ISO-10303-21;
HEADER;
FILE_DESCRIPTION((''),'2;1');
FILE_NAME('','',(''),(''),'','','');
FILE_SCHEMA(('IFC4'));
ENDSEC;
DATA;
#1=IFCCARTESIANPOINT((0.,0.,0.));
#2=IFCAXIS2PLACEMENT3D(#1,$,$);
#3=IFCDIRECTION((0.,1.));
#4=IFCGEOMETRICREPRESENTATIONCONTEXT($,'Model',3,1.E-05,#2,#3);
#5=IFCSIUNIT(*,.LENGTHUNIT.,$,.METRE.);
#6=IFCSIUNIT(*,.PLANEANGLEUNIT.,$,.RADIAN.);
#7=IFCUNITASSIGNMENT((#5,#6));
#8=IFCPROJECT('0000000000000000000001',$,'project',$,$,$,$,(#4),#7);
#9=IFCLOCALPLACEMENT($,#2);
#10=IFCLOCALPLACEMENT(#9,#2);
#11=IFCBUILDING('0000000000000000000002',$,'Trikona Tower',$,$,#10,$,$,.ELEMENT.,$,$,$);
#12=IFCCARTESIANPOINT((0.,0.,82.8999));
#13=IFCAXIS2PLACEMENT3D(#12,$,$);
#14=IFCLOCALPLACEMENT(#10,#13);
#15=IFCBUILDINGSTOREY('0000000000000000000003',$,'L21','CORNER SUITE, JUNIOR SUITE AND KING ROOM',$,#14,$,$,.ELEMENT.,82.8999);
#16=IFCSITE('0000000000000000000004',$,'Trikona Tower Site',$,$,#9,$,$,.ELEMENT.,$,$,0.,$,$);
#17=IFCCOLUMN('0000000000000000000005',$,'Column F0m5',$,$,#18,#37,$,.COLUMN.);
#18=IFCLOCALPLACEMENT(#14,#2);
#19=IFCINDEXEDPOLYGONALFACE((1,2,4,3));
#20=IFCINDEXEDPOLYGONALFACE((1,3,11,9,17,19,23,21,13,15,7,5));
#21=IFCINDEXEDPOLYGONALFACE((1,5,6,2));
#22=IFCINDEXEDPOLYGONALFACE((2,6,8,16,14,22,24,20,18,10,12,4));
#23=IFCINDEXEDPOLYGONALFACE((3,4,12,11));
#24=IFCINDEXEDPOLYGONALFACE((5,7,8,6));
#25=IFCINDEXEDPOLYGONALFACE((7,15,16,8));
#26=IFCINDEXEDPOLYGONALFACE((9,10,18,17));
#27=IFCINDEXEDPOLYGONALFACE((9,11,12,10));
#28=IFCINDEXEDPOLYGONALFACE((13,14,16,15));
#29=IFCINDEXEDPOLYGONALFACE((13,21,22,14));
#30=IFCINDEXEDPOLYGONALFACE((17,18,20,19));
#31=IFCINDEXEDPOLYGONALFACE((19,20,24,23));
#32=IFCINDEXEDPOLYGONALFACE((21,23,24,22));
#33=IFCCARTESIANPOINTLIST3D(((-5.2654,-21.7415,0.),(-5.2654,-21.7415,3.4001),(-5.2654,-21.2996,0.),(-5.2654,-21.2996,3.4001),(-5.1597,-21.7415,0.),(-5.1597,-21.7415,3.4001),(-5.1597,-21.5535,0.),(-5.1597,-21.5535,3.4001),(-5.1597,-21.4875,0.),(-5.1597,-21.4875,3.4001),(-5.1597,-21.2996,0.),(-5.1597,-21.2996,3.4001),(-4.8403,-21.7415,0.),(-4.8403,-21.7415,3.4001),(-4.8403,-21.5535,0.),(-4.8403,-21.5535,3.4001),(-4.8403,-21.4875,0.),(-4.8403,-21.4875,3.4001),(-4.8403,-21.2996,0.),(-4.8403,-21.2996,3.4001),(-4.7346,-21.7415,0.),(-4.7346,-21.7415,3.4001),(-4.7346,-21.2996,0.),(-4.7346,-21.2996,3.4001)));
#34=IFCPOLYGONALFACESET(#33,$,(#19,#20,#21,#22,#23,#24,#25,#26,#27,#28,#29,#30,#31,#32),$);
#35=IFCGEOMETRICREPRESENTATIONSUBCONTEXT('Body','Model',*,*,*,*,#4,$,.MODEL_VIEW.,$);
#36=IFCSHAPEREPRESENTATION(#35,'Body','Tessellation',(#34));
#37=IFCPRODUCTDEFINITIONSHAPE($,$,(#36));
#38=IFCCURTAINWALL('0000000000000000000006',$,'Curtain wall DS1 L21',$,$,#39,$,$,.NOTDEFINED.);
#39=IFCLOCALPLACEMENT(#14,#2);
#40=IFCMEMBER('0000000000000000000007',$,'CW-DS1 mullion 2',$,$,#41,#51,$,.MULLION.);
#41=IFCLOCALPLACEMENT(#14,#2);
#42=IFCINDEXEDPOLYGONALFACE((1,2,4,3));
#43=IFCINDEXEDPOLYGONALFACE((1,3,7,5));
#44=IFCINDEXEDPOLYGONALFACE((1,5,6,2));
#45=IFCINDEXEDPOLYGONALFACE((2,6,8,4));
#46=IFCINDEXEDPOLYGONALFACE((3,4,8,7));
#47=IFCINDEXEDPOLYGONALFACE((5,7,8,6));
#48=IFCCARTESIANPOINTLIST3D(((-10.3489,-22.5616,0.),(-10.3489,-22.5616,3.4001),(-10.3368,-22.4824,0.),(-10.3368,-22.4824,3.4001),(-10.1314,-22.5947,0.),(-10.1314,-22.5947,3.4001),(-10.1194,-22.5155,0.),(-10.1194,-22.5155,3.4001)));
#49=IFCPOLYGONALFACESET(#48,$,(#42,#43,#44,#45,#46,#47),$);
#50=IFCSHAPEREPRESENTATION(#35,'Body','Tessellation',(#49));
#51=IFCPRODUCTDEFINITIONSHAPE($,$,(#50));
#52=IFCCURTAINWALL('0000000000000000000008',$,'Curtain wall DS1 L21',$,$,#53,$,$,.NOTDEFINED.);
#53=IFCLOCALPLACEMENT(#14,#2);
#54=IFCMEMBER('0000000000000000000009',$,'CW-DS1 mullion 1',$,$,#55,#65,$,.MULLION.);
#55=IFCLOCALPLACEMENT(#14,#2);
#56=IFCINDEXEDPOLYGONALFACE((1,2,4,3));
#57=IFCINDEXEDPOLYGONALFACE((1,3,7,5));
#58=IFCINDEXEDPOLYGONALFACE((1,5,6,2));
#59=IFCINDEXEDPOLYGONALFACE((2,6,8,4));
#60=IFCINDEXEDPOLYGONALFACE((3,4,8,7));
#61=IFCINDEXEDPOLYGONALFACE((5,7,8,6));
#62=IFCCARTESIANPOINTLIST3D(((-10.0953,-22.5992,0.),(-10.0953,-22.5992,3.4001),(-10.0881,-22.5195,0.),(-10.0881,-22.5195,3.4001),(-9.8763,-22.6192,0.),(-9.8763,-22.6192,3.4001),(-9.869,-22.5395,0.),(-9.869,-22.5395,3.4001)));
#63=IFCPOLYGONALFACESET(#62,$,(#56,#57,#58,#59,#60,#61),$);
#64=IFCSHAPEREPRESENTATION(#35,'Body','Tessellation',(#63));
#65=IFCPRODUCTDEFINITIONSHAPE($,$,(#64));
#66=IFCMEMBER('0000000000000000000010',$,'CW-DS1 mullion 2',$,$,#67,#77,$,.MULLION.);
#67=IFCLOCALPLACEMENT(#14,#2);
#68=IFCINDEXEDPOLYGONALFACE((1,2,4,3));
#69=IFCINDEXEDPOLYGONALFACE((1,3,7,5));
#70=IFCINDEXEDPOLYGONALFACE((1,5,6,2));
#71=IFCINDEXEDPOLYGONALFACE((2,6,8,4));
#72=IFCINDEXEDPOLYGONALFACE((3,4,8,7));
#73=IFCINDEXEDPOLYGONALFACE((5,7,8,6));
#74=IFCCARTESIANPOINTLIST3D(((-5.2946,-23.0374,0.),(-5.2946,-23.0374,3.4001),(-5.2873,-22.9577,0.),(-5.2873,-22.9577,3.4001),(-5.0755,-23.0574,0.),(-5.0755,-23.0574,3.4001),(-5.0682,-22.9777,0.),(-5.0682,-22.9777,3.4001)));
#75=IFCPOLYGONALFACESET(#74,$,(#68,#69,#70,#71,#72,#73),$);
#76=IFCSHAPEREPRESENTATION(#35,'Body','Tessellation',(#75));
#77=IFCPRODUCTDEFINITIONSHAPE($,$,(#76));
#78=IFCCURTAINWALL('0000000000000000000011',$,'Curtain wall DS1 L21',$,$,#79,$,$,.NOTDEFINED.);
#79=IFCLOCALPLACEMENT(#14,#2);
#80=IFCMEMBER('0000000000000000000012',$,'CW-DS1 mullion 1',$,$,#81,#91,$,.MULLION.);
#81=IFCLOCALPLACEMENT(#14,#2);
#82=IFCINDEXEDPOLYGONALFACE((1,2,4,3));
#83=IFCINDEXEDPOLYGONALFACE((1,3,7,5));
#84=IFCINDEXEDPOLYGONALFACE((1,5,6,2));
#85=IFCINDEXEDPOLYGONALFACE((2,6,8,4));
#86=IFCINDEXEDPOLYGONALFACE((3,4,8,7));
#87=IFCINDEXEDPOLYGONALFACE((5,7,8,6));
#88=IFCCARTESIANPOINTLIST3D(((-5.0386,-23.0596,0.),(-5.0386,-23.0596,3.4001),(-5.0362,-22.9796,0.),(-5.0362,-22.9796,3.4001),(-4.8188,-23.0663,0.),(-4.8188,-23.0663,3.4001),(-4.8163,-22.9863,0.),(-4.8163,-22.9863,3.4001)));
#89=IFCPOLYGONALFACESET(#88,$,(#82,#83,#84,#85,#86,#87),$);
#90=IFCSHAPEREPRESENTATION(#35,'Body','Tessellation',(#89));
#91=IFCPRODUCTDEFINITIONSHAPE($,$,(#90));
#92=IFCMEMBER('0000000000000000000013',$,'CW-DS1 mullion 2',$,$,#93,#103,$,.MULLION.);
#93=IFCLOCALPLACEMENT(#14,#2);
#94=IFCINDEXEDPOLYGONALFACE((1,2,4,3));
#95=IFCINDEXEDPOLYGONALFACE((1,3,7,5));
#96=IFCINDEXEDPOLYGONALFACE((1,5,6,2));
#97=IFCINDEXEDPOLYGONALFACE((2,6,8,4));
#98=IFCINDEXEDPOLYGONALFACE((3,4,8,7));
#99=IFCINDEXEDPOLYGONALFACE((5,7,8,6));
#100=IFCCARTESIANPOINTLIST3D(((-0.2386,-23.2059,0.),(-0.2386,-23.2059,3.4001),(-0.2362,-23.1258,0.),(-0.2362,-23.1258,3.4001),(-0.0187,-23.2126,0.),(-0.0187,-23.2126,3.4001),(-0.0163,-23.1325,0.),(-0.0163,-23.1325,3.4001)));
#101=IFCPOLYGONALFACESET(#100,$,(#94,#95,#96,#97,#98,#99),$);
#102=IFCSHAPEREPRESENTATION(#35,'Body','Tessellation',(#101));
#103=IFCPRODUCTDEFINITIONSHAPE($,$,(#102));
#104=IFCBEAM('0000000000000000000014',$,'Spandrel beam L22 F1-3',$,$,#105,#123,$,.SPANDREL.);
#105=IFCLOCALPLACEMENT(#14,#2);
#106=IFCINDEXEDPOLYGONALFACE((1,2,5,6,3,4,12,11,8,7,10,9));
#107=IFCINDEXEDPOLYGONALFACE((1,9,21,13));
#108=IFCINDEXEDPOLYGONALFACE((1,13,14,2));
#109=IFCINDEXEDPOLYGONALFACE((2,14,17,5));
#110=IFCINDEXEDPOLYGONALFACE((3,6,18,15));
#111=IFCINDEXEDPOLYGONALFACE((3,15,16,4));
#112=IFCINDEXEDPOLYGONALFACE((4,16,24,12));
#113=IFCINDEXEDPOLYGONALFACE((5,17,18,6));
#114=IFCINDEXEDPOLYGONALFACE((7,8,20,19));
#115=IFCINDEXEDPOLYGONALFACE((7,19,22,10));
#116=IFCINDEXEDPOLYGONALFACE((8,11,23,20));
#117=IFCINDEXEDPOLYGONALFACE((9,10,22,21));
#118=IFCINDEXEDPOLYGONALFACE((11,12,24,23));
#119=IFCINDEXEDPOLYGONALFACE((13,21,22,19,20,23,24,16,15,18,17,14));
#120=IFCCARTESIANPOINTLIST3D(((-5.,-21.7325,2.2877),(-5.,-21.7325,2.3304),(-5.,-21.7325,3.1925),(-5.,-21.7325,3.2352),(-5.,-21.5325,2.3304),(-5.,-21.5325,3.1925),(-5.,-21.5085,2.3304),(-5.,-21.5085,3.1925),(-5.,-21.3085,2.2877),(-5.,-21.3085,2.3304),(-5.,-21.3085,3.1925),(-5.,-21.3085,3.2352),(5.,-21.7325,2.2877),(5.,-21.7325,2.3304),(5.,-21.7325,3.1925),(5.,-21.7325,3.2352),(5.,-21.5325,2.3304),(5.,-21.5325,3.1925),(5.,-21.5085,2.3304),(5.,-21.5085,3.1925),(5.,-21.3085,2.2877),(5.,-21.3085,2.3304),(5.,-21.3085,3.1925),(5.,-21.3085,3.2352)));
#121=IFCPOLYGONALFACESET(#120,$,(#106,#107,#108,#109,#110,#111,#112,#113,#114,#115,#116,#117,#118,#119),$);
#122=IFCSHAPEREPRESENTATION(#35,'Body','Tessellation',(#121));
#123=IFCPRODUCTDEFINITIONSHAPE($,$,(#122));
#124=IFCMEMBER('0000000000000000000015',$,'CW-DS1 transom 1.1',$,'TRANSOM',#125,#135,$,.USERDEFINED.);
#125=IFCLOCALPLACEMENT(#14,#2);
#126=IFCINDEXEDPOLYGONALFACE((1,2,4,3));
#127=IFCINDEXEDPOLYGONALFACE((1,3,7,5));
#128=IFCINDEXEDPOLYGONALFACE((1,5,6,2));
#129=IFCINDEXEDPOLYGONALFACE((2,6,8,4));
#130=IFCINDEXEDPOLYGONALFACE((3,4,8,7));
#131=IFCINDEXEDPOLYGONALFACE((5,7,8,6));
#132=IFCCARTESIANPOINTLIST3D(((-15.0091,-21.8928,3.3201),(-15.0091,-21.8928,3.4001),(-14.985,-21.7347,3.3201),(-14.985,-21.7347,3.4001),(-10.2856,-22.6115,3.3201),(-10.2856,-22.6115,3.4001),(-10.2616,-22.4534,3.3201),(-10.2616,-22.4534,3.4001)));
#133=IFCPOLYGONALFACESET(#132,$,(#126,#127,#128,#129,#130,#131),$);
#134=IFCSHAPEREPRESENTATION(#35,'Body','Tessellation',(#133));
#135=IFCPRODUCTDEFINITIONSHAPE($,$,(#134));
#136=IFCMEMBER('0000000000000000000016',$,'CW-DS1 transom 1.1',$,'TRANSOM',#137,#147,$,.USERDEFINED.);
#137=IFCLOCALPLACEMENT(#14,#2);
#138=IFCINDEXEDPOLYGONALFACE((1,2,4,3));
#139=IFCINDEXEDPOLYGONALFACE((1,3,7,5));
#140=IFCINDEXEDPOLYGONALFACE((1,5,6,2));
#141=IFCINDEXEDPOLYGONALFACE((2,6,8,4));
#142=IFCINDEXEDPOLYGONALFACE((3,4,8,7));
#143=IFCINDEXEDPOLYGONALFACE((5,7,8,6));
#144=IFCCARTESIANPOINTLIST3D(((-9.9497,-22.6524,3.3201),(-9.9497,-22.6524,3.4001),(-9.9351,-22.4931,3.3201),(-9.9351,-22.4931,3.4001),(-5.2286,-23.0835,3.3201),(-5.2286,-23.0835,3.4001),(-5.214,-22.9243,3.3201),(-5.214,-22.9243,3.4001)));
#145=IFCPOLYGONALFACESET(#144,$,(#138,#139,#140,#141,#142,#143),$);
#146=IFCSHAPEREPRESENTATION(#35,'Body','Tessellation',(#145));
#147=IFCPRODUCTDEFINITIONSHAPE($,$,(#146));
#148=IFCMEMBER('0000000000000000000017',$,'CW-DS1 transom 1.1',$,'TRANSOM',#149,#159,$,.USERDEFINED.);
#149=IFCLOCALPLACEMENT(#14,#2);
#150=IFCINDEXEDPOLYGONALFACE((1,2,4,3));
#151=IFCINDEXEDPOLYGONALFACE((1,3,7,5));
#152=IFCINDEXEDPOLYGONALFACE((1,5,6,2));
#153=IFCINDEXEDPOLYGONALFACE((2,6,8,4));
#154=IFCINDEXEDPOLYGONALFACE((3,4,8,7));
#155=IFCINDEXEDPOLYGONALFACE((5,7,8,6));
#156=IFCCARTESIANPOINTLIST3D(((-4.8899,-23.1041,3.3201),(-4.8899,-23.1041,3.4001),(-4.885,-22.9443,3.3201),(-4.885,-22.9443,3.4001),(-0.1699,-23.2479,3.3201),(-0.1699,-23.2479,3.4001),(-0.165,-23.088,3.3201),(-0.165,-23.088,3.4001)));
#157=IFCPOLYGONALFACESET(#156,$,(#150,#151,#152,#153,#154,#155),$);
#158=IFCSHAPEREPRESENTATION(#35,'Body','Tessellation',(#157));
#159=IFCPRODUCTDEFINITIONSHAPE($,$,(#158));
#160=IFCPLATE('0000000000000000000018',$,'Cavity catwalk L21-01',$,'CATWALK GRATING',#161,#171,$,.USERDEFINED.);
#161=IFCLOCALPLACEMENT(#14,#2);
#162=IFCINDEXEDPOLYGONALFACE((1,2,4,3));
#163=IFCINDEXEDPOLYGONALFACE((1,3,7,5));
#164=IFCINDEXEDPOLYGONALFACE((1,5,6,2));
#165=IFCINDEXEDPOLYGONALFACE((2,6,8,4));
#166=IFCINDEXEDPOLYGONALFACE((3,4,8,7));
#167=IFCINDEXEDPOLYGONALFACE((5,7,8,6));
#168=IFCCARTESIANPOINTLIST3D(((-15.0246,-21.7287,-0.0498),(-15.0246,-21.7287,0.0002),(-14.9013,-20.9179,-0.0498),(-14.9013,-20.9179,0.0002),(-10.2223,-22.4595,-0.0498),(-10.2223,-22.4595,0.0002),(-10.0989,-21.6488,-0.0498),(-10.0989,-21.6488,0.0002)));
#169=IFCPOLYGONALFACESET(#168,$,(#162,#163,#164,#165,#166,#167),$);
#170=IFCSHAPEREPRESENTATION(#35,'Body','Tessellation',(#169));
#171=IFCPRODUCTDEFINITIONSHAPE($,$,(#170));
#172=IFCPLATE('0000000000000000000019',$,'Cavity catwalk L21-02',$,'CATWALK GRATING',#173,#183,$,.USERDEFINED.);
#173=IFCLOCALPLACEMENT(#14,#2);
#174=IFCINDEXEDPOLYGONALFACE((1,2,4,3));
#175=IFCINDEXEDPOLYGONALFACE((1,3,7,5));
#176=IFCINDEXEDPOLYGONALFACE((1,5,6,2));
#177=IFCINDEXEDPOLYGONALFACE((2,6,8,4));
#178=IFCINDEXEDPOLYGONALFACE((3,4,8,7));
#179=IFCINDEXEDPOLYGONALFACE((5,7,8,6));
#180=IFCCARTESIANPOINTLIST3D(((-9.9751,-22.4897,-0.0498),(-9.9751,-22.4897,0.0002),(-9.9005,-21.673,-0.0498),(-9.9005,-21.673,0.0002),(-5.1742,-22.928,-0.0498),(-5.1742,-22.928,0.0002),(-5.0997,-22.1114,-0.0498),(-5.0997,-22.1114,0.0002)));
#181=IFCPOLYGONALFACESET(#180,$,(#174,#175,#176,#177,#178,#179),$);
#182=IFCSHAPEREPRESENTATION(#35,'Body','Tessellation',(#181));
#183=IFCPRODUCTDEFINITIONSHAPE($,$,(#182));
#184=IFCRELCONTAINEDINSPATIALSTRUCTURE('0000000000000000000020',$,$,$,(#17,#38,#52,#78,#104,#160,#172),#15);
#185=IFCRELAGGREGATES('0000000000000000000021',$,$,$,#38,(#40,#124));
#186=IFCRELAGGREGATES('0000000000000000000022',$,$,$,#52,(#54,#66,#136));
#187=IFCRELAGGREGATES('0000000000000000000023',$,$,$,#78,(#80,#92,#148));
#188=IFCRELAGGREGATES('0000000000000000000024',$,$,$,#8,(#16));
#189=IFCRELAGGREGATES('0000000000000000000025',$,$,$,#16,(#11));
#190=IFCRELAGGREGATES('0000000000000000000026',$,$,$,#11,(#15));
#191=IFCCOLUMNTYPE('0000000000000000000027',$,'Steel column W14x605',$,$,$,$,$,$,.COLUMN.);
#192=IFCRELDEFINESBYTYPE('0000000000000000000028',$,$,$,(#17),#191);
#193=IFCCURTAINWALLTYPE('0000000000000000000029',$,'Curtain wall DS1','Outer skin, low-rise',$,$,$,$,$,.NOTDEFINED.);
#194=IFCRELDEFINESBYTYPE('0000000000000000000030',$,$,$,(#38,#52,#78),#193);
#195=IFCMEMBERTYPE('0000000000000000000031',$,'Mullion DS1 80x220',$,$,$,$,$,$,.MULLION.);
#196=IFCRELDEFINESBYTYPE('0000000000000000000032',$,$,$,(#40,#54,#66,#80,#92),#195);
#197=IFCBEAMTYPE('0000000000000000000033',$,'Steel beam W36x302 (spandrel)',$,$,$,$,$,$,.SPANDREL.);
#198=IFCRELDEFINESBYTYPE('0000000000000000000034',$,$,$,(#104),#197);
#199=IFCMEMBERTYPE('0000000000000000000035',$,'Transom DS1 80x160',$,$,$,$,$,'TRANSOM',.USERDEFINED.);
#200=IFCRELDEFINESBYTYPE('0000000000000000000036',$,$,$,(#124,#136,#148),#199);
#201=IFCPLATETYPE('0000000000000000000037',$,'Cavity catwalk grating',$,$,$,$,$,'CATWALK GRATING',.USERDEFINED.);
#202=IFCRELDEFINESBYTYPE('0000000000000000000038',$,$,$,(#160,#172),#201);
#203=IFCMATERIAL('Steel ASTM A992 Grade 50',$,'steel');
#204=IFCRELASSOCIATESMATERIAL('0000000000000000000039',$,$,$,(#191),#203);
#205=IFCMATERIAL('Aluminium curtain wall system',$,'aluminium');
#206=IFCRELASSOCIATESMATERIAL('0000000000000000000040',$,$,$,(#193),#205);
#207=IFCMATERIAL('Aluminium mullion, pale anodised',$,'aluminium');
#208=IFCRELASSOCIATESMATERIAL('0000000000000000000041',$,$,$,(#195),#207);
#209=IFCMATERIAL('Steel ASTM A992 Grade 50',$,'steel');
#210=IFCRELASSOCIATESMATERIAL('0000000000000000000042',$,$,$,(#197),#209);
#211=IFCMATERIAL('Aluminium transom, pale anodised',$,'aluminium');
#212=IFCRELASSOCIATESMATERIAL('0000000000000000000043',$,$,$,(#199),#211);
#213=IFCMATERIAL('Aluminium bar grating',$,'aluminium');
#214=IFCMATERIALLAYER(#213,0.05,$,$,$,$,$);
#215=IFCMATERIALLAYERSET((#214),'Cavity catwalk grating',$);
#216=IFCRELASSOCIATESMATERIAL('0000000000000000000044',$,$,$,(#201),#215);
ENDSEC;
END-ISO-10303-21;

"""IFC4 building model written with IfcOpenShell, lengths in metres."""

from ifc_helpers import new_model, si_unit, direction, frame, origin, origin_2d, place, context, subcontext, project, spatial, rectangle, i_section, extrude, material, layer, layer_set, material_profile, profile_set, type_object, element, aggregate, save


model = new_model("IFC4")

# Units and contexts
model_context = context("Model", 3, precision=1e-05, world=origin(), true_north=direction((0.0, 1.0)))
body_context = subcontext(model_context, "Body", "Model", "MODEL_VIEW")
ifc_project = project(units=[si_unit("LENGTHUNIT", "METRE"), si_unit("PLANEANGLEUNIT", "RADIAN")], contexts=[model_context])

# Site, building, storey
site_placement = place(None, origin())
site = spatial("IfcSite", under=ifc_project, at=site_placement, Name="Trikona Tower Site", CompositionType="ELEMENT", RefElevation=0.0)
building_placement = place(site_placement, origin())
building = spatial("IfcBuilding", under=site, at=building_placement, Name="Trikona Tower", CompositionType="ELEMENT")
storey_placement = place(building_placement, frame((0.0, 0.0, 82.8999)))
storey = spatial("IfcBuildingStorey", under=building, at=storey_placement, Name="L21", Description="CORNER SUITE, JUNIOR SUITE AND KING ROOM", CompositionType="ELEMENT", Elevation=82.8999)

# Column
ifc_material_1 = material(Name="Steel ASTM A992 Grade 50", Category="steel")
ifc_material_profile_1 = material_profile(ifc_material_1, i_section(OverallWidth=0.4419, OverallDepth=0.5308, WebThickness=0.0659, FlangeThickness=0.1057, at=origin_2d()), Name="W14X605")
ifc_profile_set_1 = profile_set([ifc_material_profile_1], Name="Steel ASTM A992 Grade 50")
column_type = type_object("IfcColumnType", Name="Steel column W14x605", PredefinedType="COLUMN", material=ifc_profile_set_1)
column_placement = place(storey_placement, frame((-5.0, -21.5205, 0.0), z_axis=(0.0, 0.0, 1.0), x_axis=(0.0, -1.0, 0.0)))
element("IfcColumn", 1, at=column_placement, inside=storey, type_object=column_type, Name="Column F0m5", PredefinedType="COLUMN", context=body_context, shape_type="SweptSolid", body=[
    extrude(i_section(OverallWidth=0.4419, OverallDepth=0.5308, WebThickness=0.0659, FlangeThickness=0.1057, at=origin_2d()), origin(), (0.0, 0.0, 1.0), 3.4001),
])

# Curtain wall, member
ifc_material_2 = material(Name="Aluminium curtain wall system", Category="aluminium")
curtain_wall_type = type_object("IfcCurtainWallType", Name="Curtain wall DS1", Description="Outer skin, low-rise", PredefinedType="NOTDEFINED", material=ifc_material_2)
curtain_wall_1_placement = place(storey_placement, origin())
curtain_wall_1 = element("IfcCurtainWall", 2, at=curtain_wall_1_placement, inside=storey, type_object=curtain_wall_type, Name="Curtain wall DS1 L21", PredefinedType="NOTDEFINED")
ifc_material_3 = material(Name="Aluminium mullion, pale anodised", Category="aluminium")
ifc_material_profile_2 = material_profile(ifc_material_3, rectangle(XDim=0.0801, YDim=0.22, at=origin_2d()), Name="MUL-DS1")
ifc_profile_set_2 = profile_set([ifc_material_profile_2], Name="Aluminium mullion, pale anodised")
member_type_1 = type_object("IfcMemberType", Name="Mullion DS1 80x220", PredefinedType="MULLION", material=ifc_profile_set_2)
member_1_placement = place(storey_placement, frame((-10.2341, -22.5386, 0.0), z_axis=(0.0, 0.0, 1.0), x_axis=(0.150438, 0.988619, 0.0)))
member_1 = element("IfcMember", 3, at=member_1_placement, type_object=member_type_1, Name="CW-DS1 mullion 2", PredefinedType="MULLION", context=body_context, shape_type="SweptSolid", body=[
    extrude(rectangle(XDim=0.0801, YDim=0.22, at=origin_2d()), origin(), (0.0, 0.0, 1.0), 3.4001),
])

# Curtain walls, members
curtain_wall_2_placement = place(storey_placement, origin())
curtain_wall_2 = element("IfcCurtainWall", 4, at=curtain_wall_2_placement, inside=storey, type_object=curtain_wall_type, Name="Curtain wall DS1 L21", PredefinedType="NOTDEFINED")
member_2_placement = place(storey_placement, frame((-9.9822, -22.5693, 0.0), z_axis=(0.0, 0.0, 1.0), x_axis=(0.090924, 0.995858, 0.0)))
member_2 = element("IfcMember", 5, at=member_2_placement, type_object=member_type_1, Name="CW-DS1 mullion 1", PredefinedType="MULLION", context=body_context, shape_type="SweptSolid", body=[
    extrude(rectangle(XDim=0.0801, YDim=0.22, at=origin_2d()), origin(), (0.0, 0.0, 1.0), 3.4001),
])
member_3_placement = place(storey_placement, frame((-5.1814, -23.0076, 0.0), z_axis=(0.0, 0.0, 1.0), x_axis=(0.090924, 0.995858, 0.0)))
member_3 = element("IfcMember", 6, at=member_3_placement, type_object=member_type_1, Name="CW-DS1 mullion 2", PredefinedType="MULLION", context=body_context, shape_type="SweptSolid", body=[
    extrude(rectangle(XDim=0.0801, YDim=0.22, at=origin_2d()), origin(), (0.0, 0.0, 1.0), 3.4001),
])
curtain_wall_3_placement = place(storey_placement, origin())
curtain_wall_3 = element("IfcCurtainWall", 7, at=curtain_wall_3_placement, inside=storey, type_object=curtain_wall_type, Name="Curtain wall DS1 L21", PredefinedType="NOTDEFINED")
member_4_placement = place(storey_placement, frame((-4.9275, -23.0229, 0.0), z_axis=(0.0, 0.0, 1.0), x_axis=(0.030437, 0.999537, 0.0)))
member_4 = element("IfcMember", 8, at=member_4_placement, type_object=member_type_1, Name="CW-DS1 mullion 1", PredefinedType="MULLION", context=body_context, shape_type="SweptSolid", body=[
    extrude(rectangle(XDim=0.0801, YDim=0.22, at=origin_2d()), origin(), (0.0, 0.0, 1.0), 3.4001),
])
member_5_placement = place(storey_placement, frame((-0.1274, -23.1692, 0.0), z_axis=(0.0, 0.0, 1.0), x_axis=(0.030437, 0.999537, 0.0)))
member_5 = element("IfcMember", 9, at=member_5_placement, type_object=member_type_1, Name="CW-DS1 mullion 2", PredefinedType="MULLION", context=body_context, shape_type="SweptSolid", body=[
    extrude(rectangle(XDim=0.0801, YDim=0.22, at=origin_2d()), origin(), (0.0, 0.0, 1.0), 3.4001),
])

# Beam
ifc_material_4 = material(Name="Steel ASTM A992 Grade 50", Category="steel")
ifc_material_profile_3 = material_profile(ifc_material_4, i_section(OverallWidth=0.4241, OverallDepth=0.9475, WebThickness=0.0239, FlangeThickness=0.0427, at=origin_2d()), Name="W36X302")
ifc_profile_set_3 = profile_set([ifc_material_profile_3], Name="Steel ASTM A992 Grade 50")
beam_type = type_object("IfcBeamType", Name="Steel beam W36x302 (spandrel)", PredefinedType="SPANDREL", material=ifc_profile_set_3)
beam_placement = place(storey_placement, frame((-5.0, -21.5205, 2.7615), z_axis=(1.0, 0.0, 0.0), x_axis=(0.0, 1.0, 0.0)))
element("IfcBeam", 10, at=beam_placement, inside=storey, type_object=beam_type, Name="Spandrel beam L22 F1-3", PredefinedType="SPANDREL", context=body_context, shape_type="SweptSolid", body=[
    extrude(i_section(OverallWidth=0.4241, OverallDepth=0.9475, WebThickness=0.0239, FlangeThickness=0.0427, at=origin_2d()), origin(), (0.0, 0.0, 1.0), 10.0),
])

# Members
ifc_material_5 = material(Name="Aluminium transom, pale anodised", Category="aluminium")
ifc_material_profile_4 = material_profile(ifc_material_5, rectangle(XDim=0.1599, YDim=0.0801, at=origin_2d()), Name="TRN-DS1")
ifc_profile_set_4 = profile_set([ifc_material_profile_4], Name="Aluminium transom, pale anodised")
member_type_2 = type_object("IfcMemberType", Name="Transom DS1 80x160", ElementType="TRANSOM", PredefinedType="USERDEFINED", material=ifc_profile_set_4)
member_6_placement = place(storey_placement, frame((-14.9971, -21.8137, 3.3601), z_axis=(0.98862, -0.150437, 0.0), x_axis=(0.150437, 0.98862, 0.0)))
member_6 = element("IfcMember", 11, at=member_6_placement, type_object=member_type_2, Name="CW-DS1 transom 1.1", ObjectType="TRANSOM", PredefinedType="USERDEFINED", context=body_context, shape_type="SweptSolid", body=[
    extrude(rectangle(XDim=0.1599, YDim=0.0801, at=origin_2d()), origin(), (0.0, 0.0, 1.0), 4.7778),
])
member_7_placement = place(storey_placement, frame((-9.9424, -22.5728, 3.3601), z_axis=(0.995856, -0.090944, 0.0), x_axis=(0.090944, 0.995856, 0.0)))
member_7 = element("IfcMember", 12, at=member_7_placement, type_object=member_type_2, Name="CW-DS1 transom 1.1", ObjectType="TRANSOM", PredefinedType="USERDEFINED", context=body_context, shape_type="SweptSolid", body=[
    extrude(rectangle(XDim=0.1599, YDim=0.0801, at=origin_2d()), origin(), (0.0, 0.0, 1.0), 4.7407),
])
member_8_placement = place(storey_placement, frame((-4.8875, -23.0242, 3.3601), z_axis=(0.999536, -0.030452, 0.0), x_axis=(0.030452, 0.999536, 0.0)))
member_8 = element("IfcMember", 13, at=member_8_placement, type_object=member_type_2, Name="CW-DS1 transom 1.1", ObjectType="TRANSOM", PredefinedType="USERDEFINED", context=body_context, shape_type="SweptSolid", body=[
    extrude(rectangle(XDim=0.1599, YDim=0.0801, at=origin_2d()), origin(), (0.0, 0.0, 1.0), 4.7222),
])

# Plates
ifc_material_6 = material(Name="Aluminium bar grating", Category="aluminium")
ifc_layer_1 = layer(ifc_material_6, 0.05)
ifc_layer_set_1 = layer_set([ifc_layer_1], Name="Cavity catwalk grating")
plate_type_1 = type_object("IfcPlateType", Name="Cavity catwalk grating", ElementType="CATWALK GRATING", PredefinedType="USERDEFINED", material=ifc_layer_set_1)
plate_1_placement = place(storey_placement, frame((-12.5618, -21.6887, -0.0498), z_axis=(0.0, 0.0, 1.0), x_axis=(0.988618, -0.150448, 0.0)))
element("IfcPlate", 14, at=plate_1_placement, inside=storey, type_object=plate_type_1, Name="Cavity catwalk L21-01", ObjectType="CATWALK GRATING", PredefinedType="USERDEFINED", context=body_context, shape_type="SweptSolid", body=[
    extrude(rectangle(XDim=4.8577, YDim=0.8201, at=origin_2d()), origin(), (0.0, 0.0, 1.0), 0.05),
])
plate_2_placement = place(storey_placement, frame((-7.5374, -22.3005, -0.0498), z_axis=(0.0, 0.0, 1.0), x_axis=(0.995858, -0.090921, 0.0)))
element("IfcPlate", 15, at=plate_2_placement, inside=storey, type_object=plate_type_1, Name="Cavity catwalk L21-02", ObjectType="CATWALK GRATING", PredefinedType="USERDEFINED", context=body_context, shape_type="SweptSolid", body=[
    extrude(rectangle(XDim=4.8208, YDim=0.8201, at=origin_2d()), origin(), (0.0, 0.0, 1.0), 0.05),
])

aggregate(curtain_wall_1, [member_1, member_6])
aggregate(curtain_wall_2, [member_2, member_3, member_7])
aggregate(curtain_wall_3, [member_4, member_5, member_8])

save(model, "model.ifc")
